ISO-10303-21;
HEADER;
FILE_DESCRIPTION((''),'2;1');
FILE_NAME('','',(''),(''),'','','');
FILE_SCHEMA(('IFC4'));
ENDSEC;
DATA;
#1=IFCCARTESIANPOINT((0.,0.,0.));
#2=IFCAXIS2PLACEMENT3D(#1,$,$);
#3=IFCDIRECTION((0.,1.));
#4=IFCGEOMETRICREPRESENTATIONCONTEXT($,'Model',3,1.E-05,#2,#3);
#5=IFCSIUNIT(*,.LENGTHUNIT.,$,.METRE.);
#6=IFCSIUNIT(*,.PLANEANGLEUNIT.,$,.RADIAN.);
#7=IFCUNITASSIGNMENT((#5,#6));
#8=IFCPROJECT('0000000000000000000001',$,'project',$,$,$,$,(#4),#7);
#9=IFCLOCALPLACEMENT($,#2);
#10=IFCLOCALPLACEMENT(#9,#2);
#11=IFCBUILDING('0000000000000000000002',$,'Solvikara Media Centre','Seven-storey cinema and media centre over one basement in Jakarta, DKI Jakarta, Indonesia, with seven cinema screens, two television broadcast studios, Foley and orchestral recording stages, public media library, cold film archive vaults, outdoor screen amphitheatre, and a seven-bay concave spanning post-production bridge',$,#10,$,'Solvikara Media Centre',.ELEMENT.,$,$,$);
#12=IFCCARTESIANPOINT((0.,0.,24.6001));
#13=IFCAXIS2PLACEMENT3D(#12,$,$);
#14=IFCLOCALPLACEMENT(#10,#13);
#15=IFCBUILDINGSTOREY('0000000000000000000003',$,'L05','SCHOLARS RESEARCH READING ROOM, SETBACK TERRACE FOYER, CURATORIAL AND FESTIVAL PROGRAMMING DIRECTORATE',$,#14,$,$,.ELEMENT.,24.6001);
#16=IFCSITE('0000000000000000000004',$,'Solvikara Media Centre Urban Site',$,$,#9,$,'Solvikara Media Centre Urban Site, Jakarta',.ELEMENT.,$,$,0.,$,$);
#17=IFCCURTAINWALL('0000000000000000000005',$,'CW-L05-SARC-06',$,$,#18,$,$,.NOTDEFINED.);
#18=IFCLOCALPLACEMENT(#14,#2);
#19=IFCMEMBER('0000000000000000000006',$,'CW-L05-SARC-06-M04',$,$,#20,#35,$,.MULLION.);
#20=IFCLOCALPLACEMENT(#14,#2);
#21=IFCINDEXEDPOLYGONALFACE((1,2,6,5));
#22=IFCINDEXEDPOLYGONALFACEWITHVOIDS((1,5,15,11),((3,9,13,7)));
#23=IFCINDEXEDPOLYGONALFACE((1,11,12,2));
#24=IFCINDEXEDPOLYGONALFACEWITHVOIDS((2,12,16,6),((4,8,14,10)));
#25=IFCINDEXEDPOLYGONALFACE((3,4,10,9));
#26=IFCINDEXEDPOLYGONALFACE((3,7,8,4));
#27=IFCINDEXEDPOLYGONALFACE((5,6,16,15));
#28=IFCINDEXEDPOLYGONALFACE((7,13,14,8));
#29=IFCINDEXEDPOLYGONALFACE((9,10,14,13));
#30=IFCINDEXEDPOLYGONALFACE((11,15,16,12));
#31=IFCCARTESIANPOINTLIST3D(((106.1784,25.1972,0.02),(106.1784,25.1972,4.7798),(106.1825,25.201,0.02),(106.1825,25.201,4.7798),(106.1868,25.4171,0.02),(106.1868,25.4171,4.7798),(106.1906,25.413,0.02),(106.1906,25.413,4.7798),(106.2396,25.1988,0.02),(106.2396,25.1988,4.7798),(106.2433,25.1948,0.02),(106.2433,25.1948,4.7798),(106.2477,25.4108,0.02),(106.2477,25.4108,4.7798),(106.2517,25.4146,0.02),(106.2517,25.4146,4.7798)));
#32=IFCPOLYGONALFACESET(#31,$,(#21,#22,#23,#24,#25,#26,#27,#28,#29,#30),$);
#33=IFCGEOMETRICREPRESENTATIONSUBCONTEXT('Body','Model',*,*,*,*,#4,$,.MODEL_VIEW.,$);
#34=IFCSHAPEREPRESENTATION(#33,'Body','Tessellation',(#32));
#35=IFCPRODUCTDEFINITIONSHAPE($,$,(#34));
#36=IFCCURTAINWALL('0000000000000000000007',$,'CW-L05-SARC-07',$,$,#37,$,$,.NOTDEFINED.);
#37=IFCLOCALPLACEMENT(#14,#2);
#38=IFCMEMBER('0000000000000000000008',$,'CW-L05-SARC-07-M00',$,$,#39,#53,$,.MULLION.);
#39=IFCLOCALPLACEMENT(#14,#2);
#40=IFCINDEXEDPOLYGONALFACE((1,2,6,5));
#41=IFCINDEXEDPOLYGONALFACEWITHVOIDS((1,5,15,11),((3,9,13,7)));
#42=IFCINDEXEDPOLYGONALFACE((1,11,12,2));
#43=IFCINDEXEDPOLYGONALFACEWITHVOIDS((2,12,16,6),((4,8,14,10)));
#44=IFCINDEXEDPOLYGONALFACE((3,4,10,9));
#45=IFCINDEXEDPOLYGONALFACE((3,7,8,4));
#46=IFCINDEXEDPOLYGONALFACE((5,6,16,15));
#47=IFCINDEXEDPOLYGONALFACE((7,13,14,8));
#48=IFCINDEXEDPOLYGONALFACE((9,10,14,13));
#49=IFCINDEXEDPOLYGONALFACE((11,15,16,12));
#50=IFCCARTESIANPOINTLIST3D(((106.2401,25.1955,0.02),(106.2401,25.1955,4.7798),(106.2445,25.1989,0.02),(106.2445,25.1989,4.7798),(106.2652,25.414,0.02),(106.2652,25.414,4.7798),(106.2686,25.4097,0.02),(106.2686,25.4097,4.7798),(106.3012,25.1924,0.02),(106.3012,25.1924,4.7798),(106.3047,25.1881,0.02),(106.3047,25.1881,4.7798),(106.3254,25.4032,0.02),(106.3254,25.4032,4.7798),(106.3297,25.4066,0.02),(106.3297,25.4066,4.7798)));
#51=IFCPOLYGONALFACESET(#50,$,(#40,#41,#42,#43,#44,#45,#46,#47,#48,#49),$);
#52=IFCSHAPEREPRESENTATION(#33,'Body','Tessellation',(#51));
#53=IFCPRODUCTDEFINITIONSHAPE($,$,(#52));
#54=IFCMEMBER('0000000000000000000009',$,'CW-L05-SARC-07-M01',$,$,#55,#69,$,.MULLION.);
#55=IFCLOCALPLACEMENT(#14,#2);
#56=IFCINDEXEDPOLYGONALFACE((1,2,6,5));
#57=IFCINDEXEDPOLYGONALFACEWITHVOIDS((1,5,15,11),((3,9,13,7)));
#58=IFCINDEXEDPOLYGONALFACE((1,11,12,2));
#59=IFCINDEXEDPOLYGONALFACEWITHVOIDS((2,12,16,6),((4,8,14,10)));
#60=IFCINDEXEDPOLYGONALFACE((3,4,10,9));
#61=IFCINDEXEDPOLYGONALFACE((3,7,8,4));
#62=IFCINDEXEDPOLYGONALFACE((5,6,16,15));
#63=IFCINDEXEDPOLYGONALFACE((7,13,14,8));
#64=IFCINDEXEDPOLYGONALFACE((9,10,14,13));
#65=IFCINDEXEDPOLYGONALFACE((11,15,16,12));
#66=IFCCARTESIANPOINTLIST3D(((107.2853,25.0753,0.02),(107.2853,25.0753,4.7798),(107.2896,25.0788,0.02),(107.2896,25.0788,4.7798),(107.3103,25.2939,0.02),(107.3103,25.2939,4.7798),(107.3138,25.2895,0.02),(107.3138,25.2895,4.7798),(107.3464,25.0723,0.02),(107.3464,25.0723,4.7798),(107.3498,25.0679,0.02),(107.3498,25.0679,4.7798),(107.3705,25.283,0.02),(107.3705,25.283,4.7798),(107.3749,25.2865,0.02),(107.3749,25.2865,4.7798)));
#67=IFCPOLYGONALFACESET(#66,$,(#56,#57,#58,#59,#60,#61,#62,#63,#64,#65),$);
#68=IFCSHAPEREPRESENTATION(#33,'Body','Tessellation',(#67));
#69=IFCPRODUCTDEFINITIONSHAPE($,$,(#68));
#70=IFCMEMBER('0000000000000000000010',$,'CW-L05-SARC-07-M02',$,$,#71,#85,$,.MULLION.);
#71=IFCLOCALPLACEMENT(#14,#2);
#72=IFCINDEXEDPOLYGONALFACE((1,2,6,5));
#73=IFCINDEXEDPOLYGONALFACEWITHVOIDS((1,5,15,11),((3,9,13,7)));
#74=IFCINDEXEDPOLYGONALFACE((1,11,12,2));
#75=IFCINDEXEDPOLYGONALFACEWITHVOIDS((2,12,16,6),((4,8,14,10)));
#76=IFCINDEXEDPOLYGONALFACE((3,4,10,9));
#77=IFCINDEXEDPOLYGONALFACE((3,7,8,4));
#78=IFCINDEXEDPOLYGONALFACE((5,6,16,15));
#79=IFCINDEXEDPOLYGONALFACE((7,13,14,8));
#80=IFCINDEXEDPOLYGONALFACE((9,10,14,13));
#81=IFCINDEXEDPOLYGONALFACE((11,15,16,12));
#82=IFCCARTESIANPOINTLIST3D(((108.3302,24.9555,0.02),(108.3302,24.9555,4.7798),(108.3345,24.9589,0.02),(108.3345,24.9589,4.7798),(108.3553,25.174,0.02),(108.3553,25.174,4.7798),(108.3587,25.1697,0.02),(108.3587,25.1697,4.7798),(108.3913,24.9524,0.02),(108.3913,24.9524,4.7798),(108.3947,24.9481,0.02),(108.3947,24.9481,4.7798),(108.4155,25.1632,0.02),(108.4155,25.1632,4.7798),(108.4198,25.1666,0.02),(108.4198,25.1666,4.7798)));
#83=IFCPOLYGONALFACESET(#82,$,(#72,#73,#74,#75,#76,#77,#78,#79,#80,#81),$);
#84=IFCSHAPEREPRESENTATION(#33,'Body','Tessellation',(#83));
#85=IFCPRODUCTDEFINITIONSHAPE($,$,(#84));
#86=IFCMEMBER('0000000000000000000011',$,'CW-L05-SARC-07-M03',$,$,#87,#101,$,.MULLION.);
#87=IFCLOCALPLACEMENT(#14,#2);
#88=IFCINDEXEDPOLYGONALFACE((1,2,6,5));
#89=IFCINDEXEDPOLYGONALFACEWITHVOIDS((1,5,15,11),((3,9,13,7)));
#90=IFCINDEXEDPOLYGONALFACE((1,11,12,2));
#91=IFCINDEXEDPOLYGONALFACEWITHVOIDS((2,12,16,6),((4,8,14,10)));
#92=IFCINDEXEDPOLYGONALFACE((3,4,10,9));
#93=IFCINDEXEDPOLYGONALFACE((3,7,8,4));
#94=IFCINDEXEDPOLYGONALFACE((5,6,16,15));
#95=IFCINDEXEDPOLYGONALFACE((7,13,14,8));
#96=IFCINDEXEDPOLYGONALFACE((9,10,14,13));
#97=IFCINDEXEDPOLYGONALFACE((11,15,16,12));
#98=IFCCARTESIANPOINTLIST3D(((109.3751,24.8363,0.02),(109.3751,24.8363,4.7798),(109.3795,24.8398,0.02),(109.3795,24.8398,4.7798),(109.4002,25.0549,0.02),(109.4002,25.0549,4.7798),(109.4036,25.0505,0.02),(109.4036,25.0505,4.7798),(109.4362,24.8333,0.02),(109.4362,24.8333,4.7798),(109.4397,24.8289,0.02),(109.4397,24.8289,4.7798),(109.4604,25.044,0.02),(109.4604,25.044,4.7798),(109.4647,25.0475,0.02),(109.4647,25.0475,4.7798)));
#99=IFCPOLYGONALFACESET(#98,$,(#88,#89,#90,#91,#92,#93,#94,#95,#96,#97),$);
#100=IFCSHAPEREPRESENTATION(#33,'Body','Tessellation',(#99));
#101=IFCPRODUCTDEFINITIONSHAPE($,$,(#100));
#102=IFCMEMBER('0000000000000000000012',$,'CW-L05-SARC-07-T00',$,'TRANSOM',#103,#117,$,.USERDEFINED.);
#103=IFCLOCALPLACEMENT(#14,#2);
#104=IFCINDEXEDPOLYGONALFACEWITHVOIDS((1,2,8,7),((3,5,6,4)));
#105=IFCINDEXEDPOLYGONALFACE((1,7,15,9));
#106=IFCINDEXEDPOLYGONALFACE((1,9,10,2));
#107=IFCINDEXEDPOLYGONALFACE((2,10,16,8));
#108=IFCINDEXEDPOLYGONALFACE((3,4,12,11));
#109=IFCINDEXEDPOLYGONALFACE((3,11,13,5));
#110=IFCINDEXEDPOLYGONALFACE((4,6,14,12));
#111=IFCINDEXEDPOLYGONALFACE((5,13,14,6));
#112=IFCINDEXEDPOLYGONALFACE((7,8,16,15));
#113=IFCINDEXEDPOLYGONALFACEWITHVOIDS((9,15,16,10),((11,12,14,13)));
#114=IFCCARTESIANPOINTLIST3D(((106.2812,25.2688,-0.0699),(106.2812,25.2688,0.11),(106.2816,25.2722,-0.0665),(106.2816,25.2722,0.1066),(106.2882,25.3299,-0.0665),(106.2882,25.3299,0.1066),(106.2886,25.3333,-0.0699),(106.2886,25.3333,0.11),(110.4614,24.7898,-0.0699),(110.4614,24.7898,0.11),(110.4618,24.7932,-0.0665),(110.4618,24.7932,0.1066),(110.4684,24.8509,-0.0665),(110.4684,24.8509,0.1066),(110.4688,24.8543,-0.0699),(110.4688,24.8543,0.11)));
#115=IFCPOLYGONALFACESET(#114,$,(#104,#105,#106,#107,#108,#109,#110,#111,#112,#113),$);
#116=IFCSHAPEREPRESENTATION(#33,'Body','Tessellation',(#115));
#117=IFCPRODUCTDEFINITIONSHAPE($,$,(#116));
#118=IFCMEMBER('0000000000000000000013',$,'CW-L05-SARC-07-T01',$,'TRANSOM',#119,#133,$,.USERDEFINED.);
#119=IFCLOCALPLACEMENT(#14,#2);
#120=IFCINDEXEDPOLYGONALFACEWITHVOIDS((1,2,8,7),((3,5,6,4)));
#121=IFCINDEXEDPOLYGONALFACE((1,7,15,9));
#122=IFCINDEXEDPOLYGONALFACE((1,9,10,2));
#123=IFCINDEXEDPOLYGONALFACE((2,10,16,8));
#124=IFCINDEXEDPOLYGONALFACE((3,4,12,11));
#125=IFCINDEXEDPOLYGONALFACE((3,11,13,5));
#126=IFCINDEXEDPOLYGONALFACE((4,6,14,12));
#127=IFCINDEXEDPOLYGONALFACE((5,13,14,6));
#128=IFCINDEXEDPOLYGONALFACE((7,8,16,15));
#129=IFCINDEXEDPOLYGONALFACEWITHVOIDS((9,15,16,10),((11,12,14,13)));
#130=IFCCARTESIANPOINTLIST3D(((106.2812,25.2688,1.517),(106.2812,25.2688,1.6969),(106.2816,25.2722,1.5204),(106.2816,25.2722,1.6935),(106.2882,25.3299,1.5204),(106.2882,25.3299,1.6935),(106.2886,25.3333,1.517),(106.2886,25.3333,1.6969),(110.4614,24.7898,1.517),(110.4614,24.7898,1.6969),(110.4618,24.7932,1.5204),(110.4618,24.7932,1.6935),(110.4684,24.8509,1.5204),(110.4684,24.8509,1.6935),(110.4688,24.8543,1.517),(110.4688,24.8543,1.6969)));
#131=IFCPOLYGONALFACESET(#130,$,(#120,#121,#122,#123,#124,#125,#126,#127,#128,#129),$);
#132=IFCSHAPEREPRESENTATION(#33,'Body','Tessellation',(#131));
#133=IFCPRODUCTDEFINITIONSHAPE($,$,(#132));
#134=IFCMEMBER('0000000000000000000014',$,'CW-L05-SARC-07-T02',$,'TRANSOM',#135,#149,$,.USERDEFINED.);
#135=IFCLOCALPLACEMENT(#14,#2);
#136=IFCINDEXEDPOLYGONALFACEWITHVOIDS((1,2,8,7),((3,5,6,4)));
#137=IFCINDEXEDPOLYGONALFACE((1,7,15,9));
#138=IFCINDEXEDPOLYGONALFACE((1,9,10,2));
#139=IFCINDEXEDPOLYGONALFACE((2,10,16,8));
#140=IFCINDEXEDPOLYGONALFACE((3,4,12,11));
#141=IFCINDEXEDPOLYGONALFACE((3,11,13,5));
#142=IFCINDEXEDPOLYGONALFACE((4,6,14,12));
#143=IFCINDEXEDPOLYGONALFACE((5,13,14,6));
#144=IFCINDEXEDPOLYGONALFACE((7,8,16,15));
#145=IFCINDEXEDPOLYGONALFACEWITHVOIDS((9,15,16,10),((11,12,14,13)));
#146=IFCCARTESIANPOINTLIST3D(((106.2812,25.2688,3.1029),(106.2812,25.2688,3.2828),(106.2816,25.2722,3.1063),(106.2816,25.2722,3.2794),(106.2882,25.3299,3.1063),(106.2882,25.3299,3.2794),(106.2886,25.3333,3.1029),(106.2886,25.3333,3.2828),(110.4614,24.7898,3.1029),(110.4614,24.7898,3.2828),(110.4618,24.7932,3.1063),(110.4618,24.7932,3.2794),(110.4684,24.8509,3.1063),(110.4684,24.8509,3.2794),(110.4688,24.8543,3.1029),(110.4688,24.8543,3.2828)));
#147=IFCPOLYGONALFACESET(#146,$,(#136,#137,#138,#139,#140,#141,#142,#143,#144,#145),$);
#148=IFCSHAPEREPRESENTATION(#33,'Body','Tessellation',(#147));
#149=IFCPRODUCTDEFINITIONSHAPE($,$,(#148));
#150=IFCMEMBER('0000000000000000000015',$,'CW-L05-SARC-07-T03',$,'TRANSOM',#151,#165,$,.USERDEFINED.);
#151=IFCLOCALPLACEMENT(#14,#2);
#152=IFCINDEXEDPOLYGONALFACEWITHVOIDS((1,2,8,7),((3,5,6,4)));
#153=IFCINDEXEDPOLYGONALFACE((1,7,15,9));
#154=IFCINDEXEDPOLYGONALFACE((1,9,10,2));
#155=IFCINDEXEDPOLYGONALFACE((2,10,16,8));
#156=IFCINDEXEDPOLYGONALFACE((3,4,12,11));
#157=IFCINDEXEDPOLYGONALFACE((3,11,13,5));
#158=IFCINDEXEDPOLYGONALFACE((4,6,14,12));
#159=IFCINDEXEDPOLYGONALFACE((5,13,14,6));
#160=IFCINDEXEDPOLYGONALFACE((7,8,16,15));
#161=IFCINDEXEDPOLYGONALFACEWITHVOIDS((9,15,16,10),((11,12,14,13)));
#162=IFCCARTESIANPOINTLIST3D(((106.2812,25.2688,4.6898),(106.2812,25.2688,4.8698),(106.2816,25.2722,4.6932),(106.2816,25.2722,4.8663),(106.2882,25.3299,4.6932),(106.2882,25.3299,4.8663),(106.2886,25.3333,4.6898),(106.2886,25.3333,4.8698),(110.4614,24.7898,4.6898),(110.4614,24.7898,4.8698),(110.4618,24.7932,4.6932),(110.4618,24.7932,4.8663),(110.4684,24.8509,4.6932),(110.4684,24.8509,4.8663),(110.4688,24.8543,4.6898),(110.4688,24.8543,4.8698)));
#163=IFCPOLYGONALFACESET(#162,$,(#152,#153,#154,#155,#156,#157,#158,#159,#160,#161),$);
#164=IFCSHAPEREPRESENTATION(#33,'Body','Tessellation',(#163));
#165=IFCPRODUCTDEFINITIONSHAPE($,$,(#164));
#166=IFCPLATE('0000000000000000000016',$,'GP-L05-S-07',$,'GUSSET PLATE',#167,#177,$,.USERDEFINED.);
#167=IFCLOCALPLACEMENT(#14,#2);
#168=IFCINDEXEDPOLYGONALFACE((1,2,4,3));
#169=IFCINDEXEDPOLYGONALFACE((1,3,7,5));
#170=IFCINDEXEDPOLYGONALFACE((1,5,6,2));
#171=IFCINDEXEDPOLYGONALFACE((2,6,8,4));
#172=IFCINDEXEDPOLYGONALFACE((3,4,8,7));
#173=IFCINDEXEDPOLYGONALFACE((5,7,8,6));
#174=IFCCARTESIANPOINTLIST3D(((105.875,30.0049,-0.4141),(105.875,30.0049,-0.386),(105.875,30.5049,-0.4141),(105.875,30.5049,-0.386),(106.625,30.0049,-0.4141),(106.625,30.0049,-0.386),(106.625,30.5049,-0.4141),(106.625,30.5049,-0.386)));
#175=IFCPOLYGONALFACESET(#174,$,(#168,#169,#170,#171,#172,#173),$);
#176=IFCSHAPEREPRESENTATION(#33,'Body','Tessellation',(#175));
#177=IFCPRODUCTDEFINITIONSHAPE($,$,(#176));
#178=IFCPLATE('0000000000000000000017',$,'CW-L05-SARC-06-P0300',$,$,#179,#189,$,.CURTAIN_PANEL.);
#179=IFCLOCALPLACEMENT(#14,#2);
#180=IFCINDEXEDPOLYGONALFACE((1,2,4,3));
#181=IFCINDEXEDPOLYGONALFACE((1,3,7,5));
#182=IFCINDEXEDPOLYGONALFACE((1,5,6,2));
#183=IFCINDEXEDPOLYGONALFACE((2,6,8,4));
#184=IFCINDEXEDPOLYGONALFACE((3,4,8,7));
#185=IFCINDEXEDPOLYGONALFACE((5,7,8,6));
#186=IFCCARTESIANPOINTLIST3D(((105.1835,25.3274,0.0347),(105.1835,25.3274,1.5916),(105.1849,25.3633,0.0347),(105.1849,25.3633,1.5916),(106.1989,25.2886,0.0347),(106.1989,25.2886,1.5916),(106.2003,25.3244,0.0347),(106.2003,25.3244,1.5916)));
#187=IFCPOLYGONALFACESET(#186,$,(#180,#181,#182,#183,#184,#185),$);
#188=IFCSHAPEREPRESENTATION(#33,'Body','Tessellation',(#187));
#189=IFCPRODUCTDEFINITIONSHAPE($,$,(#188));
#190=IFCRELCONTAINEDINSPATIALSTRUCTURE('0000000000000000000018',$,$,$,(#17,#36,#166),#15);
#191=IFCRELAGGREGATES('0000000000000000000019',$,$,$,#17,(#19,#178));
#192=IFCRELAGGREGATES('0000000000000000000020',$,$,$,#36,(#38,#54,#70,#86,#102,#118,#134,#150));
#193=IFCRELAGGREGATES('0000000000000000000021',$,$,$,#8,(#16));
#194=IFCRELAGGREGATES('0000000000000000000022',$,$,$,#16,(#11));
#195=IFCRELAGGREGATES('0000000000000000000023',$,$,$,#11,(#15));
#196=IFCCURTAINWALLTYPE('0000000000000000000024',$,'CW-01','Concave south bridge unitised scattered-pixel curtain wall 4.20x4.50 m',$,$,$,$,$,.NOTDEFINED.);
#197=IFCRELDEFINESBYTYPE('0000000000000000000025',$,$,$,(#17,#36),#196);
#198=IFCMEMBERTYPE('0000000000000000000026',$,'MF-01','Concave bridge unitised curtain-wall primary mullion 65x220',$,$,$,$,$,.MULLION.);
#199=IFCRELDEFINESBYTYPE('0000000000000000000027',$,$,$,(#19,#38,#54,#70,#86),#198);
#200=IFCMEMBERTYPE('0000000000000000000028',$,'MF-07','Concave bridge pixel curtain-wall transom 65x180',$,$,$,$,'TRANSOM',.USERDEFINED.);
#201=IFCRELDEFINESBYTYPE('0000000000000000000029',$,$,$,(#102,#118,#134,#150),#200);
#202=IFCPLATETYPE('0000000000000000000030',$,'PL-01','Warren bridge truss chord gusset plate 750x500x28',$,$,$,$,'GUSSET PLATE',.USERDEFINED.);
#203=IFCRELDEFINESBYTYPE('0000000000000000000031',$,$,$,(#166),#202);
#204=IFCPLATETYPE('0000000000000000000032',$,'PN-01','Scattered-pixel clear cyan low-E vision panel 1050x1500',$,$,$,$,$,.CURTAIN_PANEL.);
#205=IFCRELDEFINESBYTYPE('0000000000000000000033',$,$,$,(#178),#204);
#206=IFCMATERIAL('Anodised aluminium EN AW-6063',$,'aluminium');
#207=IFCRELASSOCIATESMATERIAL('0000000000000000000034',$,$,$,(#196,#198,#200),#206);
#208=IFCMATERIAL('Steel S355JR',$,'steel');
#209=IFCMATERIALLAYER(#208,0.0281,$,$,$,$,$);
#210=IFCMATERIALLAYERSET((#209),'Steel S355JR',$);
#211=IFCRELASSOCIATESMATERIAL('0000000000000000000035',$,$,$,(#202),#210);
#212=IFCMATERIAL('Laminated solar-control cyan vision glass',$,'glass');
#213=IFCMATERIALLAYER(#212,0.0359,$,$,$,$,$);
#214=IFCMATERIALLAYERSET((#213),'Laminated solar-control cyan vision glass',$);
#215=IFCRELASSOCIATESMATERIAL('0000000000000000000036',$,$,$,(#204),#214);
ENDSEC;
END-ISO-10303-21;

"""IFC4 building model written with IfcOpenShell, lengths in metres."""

from ifc_helpers import new_model, si_unit, direction, frame, origin, origin_2d, place, context, subcontext, project, spatial, rectangle, hollow_rectangle, extrude, material, layer, layer_set, material_profile, profile_set, type_object, element, aggregate, save


model = new_model("IFC4")

# Units and contexts
model_context = context("Model", 3, precision=1e-05, world=origin(), true_north=direction((0.0, 1.0)))
body_context = subcontext(model_context, "Body", "Model", "MODEL_VIEW")
ifc_project = project(units=[si_unit("LENGTHUNIT", "METRE"), si_unit("PLANEANGLEUNIT", "RADIAN")], contexts=[model_context])

# Site, building, storey
site_placement = place(None, origin())
site = spatial("IfcSite", under=ifc_project, at=site_placement, Name="Solvikara Media Centre Urban Site", LongName="Solvikara Media Centre Urban Site, Jakarta", CompositionType="ELEMENT", RefElevation=0.0)
building_placement = place(site_placement, origin())
building = spatial("IfcBuilding", under=site, at=building_placement, Name="Solvikara Media Centre", Description="Seven-storey cinema and media centre over one basement in Jakarta, DKI Jakarta, Indonesia, with seven cinema screens, two television broadcast studios, Foley and orchestral recording stages, public media library, cold film archive vaults, outdoor screen amphitheatre, and a seven-bay concave spanning post-production bridge", LongName="Solvikara Media Centre", CompositionType="ELEMENT")
storey_placement = place(building_placement, frame((0.0, 0.0, 24.6001)))
storey = spatial("IfcBuildingStorey", under=building, at=storey_placement, Name="L05", Description="SCHOLARS RESEARCH READING ROOM, SETBACK TERRACE FOYER, CURATORIAL AND FESTIVAL PROGRAMMING DIRECTORATE", CompositionType="ELEMENT", Elevation=24.6001)

# Shared definitions
ifc_material_1 = material(Name="Steel S355JR", Category="steel")

# Curtain walls, members
ifc_material_2 = material(Name="Anodised aluminium EN AW-6063", Category="aluminium")
curtain_wall_type = type_object("IfcCurtainWallType", Name="CW-01", Description="Concave south bridge unitised scattered-pixel curtain wall 4.20x4.50 m", PredefinedType="NOTDEFINED", material=ifc_material_2)
curtain_wall_1_placement = place(storey_placement, origin())
curtain_wall_1 = element("IfcCurtainWall", 1, at=curtain_wall_1_placement, inside=storey, type_object=curtain_wall_type, Name="CW-L05-SARC-06", PredefinedType="NOTDEFINED")
ifc_material_profile_1 = material_profile(ifc_material_2, hollow_rectangle(XDim=0.0649, YDim=0.22, WallThickness=0.0039, at=origin_2d()), Name="ALU-M 65x220x4")
ifc_profile_set_1 = profile_set([ifc_material_profile_1], Name="Anodised aluminium EN AW-6063")
member_type_1 = type_object("IfcMemberType", Name="MF-01", Description="Concave bridge unitised curtain-wall primary mullion 65x220", PredefinedType="MULLION", material=ifc_profile_set_1)
member_1_placement = place(storey_placement, frame((106.2151, 25.3059, 0.02), z_axis=(0.0, 0.0, 1.0), x_axis=(0.999268, -0.038248, 0.0)))
member_1 = element("IfcMember", 2, at=member_1_placement, type_object=member_type_1, Name="CW-L05-SARC-06-M04", PredefinedType="MULLION", context=body_context, shape_type="SweptSolid", body=[
    extrude(hollow_rectangle(XDim=0.0649, YDim=0.22, WallThickness=0.0039, at=origin_2d()), origin(), (0.0, 0.0, 1.0), 4.7598),
])
curtain_wall_2_placement = place(storey_placement, origin())
curtain_wall_2 = element("IfcCurtainWall", 3, at=curtain_wall_2_placement, inside=storey, type_object=curtain_wall_type, Name="CW-L05-SARC-07", PredefinedType="NOTDEFINED")
member_2_placement = place(storey_placement, frame((106.2849, 25.301, 0.02), z_axis=(0.0, 0.0, 1.0), x_axis=(0.993499, -0.113845, 0.0)))
member_2 = element("IfcMember", 4, at=member_2_placement, type_object=member_type_1, Name="CW-L05-SARC-07-M00", PredefinedType="MULLION", context=body_context, shape_type="SweptSolid", body=[
    extrude(hollow_rectangle(XDim=0.0649, YDim=0.22, WallThickness=0.0039, at=origin_2d()), origin(), (0.0, 0.0, 1.0), 4.7598),
])
member_3_placement = place(storey_placement, frame((107.3301, 25.1809, 0.02), z_axis=(0.0, 0.0, 1.0), x_axis=(0.993499, -0.113845, 0.0)))
member_3 = element("IfcMember", 5, at=member_3_placement, type_object=member_type_1, Name="CW-L05-SARC-07-M01", PredefinedType="MULLION", context=body_context, shape_type="SweptSolid", body=[
    extrude(hollow_rectangle(XDim=0.0649, YDim=0.22, WallThickness=0.0039, at=origin_2d()), origin(), (0.0, 0.0, 1.0), 4.7598),
])
member_4_placement = place(storey_placement, frame((108.375, 25.061, 0.02), z_axis=(0.0, 0.0, 1.0), x_axis=(0.993499, -0.113845, 0.0)))
member_4 = element("IfcMember", 6, at=member_4_placement, type_object=member_type_1, Name="CW-L05-SARC-07-M02", PredefinedType="MULLION", context=body_context, shape_type="SweptSolid", body=[
    extrude(hollow_rectangle(XDim=0.0649, YDim=0.22, WallThickness=0.0039, at=origin_2d()), origin(), (0.0, 0.0, 1.0), 4.7598),
])
member_5_placement = place(storey_placement, frame((109.4199, 24.9419, 0.02), z_axis=(0.0, 0.0, 1.0), x_axis=(0.993499, -0.113845, 0.0)))
member_5 = element("IfcMember", 7, at=member_5_placement, type_object=member_type_1, Name="CW-L05-SARC-07-M03", PredefinedType="MULLION", context=body_context, shape_type="SweptSolid", body=[
    extrude(hollow_rectangle(XDim=0.0649, YDim=0.22, WallThickness=0.0039, at=origin_2d()), origin(), (0.0, 0.0, 1.0), 4.7598),
])
ifc_material_profile_2 = material_profile(ifc_material_2, hollow_rectangle(XDim=0.0649, YDim=0.1799, WallThickness=0.0034, at=origin_2d()), Name="ALU-T 65x180x3.5")
ifc_profile_set_2 = profile_set([ifc_material_profile_2], Name="Anodised aluminium EN AW-6063")
member_type_2 = type_object("IfcMemberType", Name="MF-07", Description="Concave bridge pixel curtain-wall transom 65x180", ElementType="TRANSOM", PredefinedType="USERDEFINED", material=ifc_profile_set_2)
member_6_placement = place(storey_placement, frame((106.2849, 25.301, 0.02), z_axis=(0.993499, -0.113844, 0.0), x_axis=(0.113844, 0.993499, 0.0)))
member_6 = element("IfcMember", 8, at=member_6_placement, type_object=member_type_2, Name="CW-L05-SARC-07-T00", ObjectType="TRANSOM", PredefinedType="USERDEFINED", context=body_context, shape_type="SweptSolid", body=[
    extrude(hollow_rectangle(XDim=0.0649, YDim=0.1799, WallThickness=0.0034, at=origin_2d()), origin(), (0.0, 0.0, 1.0), 4.2075),
])
member_7_placement = place(storey_placement, frame((106.2849, 25.301, 1.6069), z_axis=(0.993499, -0.113844, 0.0), x_axis=(0.113844, 0.993499, 0.0)))
member_7 = element("IfcMember", 9, at=member_7_placement, type_object=member_type_2, Name="CW-L05-SARC-07-T01", ObjectType="TRANSOM", PredefinedType="USERDEFINED", context=body_context, shape_type="SweptSolid", body=[
    extrude(hollow_rectangle(XDim=0.0649, YDim=0.1799, WallThickness=0.0034, at=origin_2d()), origin(), (0.0, 0.0, 1.0), 4.2075),
])
member_8_placement = place(storey_placement, frame((106.2849, 25.301, 3.1929), z_axis=(0.993499, -0.113844, 0.0), x_axis=(0.113844, 0.993499, 0.0)))
member_8 = element("IfcMember", 10, at=member_8_placement, type_object=member_type_2, Name="CW-L05-SARC-07-T02", ObjectType="TRANSOM", PredefinedType="USERDEFINED", context=body_context, shape_type="SweptSolid", body=[
    extrude(hollow_rectangle(XDim=0.0649, YDim=0.1799, WallThickness=0.0034, at=origin_2d()), origin(), (0.0, 0.0, 1.0), 4.2075),
])
member_9_placement = place(storey_placement, frame((106.2849, 25.301, 4.7798), z_axis=(0.993499, -0.113844, 0.0), x_axis=(0.113844, 0.993499, 0.0)))
member_9 = element("IfcMember", 11, at=member_9_placement, type_object=member_type_2, Name="CW-L05-SARC-07-T03", ObjectType="TRANSOM", PredefinedType="USERDEFINED", context=body_context, shape_type="SweptSolid", body=[
    extrude(hollow_rectangle(XDim=0.0649, YDim=0.1799, WallThickness=0.0034, at=origin_2d()), origin(), (0.0, 0.0, 1.0), 4.2075),
])

# Plates
ifc_layer_1 = layer(ifc_material_1, 0.0281)
ifc_layer_set_1 = layer_set([ifc_layer_1], Name="Steel S355JR")
plate_type_1 = type_object("IfcPlateType", Name="PL-01", Description="Warren bridge truss chord gusset plate 750x500x28", ElementType="GUSSET PLATE", PredefinedType="USERDEFINED", material=ifc_layer_set_1)
plate_1_placement = place(storey_placement, frame((106.25, 30.2549, -0.4141), z_axis=(0.0, 0.0, 1.0), x_axis=(1.0, 0.0, 0.0)))
element("IfcPlate", 12, at=plate_1_placement, inside=storey, type_object=plate_type_1, Name="GP-L05-S-07", ObjectType="GUSSET PLATE", PredefinedType="USERDEFINED", context=body_context, shape_type="SweptSolid", body=[
    extrude(rectangle(XDim=0.75, YDim=0.5, at=origin_2d()), origin(), (0.0, 0.0, 1.0), 0.0281),
])
ifc_material_3 = material(Name="Laminated solar-control cyan vision glass", Category="glass")
ifc_layer_2 = layer(ifc_material_3, 0.0359)
ifc_layer_set_2 = layer_set([ifc_layer_2], Name="Laminated solar-control cyan vision glass")
plate_type_2 = type_object("IfcPlateType", Name="PN-01", Description="Scattered-pixel clear cyan low-E vision panel 1050x1500", PredefinedType="CURTAIN_PANEL", material=ifc_layer_set_2)
plate_2_placement = place(storey_placement, frame((105.6919, 25.3259, 0.0347), z_axis=(0.0, 0.0, 1.0), x_axis=(0.999268, -0.038248, 0.0)))
plate_2 = element("IfcPlate", 13, at=plate_2_placement, type_object=plate_type_2, Name="CW-L05-SARC-06-P0300", PredefinedType="CURTAIN_PANEL", context=body_context, shape_type="SweptSolid", body=[
    extrude(rectangle(XDim=1.0161, YDim=0.0359, at=origin_2d()), origin(), (0.0, 0.0, 1.0), 1.5569),
])
aggregate(curtain_wall_1, [member_1, plate_2])
aggregate(curtain_wall_2, [member_2, member_3, member_4, member_5, member_6, member_7, member_8, member_9])

save(model, "model.ifc")
